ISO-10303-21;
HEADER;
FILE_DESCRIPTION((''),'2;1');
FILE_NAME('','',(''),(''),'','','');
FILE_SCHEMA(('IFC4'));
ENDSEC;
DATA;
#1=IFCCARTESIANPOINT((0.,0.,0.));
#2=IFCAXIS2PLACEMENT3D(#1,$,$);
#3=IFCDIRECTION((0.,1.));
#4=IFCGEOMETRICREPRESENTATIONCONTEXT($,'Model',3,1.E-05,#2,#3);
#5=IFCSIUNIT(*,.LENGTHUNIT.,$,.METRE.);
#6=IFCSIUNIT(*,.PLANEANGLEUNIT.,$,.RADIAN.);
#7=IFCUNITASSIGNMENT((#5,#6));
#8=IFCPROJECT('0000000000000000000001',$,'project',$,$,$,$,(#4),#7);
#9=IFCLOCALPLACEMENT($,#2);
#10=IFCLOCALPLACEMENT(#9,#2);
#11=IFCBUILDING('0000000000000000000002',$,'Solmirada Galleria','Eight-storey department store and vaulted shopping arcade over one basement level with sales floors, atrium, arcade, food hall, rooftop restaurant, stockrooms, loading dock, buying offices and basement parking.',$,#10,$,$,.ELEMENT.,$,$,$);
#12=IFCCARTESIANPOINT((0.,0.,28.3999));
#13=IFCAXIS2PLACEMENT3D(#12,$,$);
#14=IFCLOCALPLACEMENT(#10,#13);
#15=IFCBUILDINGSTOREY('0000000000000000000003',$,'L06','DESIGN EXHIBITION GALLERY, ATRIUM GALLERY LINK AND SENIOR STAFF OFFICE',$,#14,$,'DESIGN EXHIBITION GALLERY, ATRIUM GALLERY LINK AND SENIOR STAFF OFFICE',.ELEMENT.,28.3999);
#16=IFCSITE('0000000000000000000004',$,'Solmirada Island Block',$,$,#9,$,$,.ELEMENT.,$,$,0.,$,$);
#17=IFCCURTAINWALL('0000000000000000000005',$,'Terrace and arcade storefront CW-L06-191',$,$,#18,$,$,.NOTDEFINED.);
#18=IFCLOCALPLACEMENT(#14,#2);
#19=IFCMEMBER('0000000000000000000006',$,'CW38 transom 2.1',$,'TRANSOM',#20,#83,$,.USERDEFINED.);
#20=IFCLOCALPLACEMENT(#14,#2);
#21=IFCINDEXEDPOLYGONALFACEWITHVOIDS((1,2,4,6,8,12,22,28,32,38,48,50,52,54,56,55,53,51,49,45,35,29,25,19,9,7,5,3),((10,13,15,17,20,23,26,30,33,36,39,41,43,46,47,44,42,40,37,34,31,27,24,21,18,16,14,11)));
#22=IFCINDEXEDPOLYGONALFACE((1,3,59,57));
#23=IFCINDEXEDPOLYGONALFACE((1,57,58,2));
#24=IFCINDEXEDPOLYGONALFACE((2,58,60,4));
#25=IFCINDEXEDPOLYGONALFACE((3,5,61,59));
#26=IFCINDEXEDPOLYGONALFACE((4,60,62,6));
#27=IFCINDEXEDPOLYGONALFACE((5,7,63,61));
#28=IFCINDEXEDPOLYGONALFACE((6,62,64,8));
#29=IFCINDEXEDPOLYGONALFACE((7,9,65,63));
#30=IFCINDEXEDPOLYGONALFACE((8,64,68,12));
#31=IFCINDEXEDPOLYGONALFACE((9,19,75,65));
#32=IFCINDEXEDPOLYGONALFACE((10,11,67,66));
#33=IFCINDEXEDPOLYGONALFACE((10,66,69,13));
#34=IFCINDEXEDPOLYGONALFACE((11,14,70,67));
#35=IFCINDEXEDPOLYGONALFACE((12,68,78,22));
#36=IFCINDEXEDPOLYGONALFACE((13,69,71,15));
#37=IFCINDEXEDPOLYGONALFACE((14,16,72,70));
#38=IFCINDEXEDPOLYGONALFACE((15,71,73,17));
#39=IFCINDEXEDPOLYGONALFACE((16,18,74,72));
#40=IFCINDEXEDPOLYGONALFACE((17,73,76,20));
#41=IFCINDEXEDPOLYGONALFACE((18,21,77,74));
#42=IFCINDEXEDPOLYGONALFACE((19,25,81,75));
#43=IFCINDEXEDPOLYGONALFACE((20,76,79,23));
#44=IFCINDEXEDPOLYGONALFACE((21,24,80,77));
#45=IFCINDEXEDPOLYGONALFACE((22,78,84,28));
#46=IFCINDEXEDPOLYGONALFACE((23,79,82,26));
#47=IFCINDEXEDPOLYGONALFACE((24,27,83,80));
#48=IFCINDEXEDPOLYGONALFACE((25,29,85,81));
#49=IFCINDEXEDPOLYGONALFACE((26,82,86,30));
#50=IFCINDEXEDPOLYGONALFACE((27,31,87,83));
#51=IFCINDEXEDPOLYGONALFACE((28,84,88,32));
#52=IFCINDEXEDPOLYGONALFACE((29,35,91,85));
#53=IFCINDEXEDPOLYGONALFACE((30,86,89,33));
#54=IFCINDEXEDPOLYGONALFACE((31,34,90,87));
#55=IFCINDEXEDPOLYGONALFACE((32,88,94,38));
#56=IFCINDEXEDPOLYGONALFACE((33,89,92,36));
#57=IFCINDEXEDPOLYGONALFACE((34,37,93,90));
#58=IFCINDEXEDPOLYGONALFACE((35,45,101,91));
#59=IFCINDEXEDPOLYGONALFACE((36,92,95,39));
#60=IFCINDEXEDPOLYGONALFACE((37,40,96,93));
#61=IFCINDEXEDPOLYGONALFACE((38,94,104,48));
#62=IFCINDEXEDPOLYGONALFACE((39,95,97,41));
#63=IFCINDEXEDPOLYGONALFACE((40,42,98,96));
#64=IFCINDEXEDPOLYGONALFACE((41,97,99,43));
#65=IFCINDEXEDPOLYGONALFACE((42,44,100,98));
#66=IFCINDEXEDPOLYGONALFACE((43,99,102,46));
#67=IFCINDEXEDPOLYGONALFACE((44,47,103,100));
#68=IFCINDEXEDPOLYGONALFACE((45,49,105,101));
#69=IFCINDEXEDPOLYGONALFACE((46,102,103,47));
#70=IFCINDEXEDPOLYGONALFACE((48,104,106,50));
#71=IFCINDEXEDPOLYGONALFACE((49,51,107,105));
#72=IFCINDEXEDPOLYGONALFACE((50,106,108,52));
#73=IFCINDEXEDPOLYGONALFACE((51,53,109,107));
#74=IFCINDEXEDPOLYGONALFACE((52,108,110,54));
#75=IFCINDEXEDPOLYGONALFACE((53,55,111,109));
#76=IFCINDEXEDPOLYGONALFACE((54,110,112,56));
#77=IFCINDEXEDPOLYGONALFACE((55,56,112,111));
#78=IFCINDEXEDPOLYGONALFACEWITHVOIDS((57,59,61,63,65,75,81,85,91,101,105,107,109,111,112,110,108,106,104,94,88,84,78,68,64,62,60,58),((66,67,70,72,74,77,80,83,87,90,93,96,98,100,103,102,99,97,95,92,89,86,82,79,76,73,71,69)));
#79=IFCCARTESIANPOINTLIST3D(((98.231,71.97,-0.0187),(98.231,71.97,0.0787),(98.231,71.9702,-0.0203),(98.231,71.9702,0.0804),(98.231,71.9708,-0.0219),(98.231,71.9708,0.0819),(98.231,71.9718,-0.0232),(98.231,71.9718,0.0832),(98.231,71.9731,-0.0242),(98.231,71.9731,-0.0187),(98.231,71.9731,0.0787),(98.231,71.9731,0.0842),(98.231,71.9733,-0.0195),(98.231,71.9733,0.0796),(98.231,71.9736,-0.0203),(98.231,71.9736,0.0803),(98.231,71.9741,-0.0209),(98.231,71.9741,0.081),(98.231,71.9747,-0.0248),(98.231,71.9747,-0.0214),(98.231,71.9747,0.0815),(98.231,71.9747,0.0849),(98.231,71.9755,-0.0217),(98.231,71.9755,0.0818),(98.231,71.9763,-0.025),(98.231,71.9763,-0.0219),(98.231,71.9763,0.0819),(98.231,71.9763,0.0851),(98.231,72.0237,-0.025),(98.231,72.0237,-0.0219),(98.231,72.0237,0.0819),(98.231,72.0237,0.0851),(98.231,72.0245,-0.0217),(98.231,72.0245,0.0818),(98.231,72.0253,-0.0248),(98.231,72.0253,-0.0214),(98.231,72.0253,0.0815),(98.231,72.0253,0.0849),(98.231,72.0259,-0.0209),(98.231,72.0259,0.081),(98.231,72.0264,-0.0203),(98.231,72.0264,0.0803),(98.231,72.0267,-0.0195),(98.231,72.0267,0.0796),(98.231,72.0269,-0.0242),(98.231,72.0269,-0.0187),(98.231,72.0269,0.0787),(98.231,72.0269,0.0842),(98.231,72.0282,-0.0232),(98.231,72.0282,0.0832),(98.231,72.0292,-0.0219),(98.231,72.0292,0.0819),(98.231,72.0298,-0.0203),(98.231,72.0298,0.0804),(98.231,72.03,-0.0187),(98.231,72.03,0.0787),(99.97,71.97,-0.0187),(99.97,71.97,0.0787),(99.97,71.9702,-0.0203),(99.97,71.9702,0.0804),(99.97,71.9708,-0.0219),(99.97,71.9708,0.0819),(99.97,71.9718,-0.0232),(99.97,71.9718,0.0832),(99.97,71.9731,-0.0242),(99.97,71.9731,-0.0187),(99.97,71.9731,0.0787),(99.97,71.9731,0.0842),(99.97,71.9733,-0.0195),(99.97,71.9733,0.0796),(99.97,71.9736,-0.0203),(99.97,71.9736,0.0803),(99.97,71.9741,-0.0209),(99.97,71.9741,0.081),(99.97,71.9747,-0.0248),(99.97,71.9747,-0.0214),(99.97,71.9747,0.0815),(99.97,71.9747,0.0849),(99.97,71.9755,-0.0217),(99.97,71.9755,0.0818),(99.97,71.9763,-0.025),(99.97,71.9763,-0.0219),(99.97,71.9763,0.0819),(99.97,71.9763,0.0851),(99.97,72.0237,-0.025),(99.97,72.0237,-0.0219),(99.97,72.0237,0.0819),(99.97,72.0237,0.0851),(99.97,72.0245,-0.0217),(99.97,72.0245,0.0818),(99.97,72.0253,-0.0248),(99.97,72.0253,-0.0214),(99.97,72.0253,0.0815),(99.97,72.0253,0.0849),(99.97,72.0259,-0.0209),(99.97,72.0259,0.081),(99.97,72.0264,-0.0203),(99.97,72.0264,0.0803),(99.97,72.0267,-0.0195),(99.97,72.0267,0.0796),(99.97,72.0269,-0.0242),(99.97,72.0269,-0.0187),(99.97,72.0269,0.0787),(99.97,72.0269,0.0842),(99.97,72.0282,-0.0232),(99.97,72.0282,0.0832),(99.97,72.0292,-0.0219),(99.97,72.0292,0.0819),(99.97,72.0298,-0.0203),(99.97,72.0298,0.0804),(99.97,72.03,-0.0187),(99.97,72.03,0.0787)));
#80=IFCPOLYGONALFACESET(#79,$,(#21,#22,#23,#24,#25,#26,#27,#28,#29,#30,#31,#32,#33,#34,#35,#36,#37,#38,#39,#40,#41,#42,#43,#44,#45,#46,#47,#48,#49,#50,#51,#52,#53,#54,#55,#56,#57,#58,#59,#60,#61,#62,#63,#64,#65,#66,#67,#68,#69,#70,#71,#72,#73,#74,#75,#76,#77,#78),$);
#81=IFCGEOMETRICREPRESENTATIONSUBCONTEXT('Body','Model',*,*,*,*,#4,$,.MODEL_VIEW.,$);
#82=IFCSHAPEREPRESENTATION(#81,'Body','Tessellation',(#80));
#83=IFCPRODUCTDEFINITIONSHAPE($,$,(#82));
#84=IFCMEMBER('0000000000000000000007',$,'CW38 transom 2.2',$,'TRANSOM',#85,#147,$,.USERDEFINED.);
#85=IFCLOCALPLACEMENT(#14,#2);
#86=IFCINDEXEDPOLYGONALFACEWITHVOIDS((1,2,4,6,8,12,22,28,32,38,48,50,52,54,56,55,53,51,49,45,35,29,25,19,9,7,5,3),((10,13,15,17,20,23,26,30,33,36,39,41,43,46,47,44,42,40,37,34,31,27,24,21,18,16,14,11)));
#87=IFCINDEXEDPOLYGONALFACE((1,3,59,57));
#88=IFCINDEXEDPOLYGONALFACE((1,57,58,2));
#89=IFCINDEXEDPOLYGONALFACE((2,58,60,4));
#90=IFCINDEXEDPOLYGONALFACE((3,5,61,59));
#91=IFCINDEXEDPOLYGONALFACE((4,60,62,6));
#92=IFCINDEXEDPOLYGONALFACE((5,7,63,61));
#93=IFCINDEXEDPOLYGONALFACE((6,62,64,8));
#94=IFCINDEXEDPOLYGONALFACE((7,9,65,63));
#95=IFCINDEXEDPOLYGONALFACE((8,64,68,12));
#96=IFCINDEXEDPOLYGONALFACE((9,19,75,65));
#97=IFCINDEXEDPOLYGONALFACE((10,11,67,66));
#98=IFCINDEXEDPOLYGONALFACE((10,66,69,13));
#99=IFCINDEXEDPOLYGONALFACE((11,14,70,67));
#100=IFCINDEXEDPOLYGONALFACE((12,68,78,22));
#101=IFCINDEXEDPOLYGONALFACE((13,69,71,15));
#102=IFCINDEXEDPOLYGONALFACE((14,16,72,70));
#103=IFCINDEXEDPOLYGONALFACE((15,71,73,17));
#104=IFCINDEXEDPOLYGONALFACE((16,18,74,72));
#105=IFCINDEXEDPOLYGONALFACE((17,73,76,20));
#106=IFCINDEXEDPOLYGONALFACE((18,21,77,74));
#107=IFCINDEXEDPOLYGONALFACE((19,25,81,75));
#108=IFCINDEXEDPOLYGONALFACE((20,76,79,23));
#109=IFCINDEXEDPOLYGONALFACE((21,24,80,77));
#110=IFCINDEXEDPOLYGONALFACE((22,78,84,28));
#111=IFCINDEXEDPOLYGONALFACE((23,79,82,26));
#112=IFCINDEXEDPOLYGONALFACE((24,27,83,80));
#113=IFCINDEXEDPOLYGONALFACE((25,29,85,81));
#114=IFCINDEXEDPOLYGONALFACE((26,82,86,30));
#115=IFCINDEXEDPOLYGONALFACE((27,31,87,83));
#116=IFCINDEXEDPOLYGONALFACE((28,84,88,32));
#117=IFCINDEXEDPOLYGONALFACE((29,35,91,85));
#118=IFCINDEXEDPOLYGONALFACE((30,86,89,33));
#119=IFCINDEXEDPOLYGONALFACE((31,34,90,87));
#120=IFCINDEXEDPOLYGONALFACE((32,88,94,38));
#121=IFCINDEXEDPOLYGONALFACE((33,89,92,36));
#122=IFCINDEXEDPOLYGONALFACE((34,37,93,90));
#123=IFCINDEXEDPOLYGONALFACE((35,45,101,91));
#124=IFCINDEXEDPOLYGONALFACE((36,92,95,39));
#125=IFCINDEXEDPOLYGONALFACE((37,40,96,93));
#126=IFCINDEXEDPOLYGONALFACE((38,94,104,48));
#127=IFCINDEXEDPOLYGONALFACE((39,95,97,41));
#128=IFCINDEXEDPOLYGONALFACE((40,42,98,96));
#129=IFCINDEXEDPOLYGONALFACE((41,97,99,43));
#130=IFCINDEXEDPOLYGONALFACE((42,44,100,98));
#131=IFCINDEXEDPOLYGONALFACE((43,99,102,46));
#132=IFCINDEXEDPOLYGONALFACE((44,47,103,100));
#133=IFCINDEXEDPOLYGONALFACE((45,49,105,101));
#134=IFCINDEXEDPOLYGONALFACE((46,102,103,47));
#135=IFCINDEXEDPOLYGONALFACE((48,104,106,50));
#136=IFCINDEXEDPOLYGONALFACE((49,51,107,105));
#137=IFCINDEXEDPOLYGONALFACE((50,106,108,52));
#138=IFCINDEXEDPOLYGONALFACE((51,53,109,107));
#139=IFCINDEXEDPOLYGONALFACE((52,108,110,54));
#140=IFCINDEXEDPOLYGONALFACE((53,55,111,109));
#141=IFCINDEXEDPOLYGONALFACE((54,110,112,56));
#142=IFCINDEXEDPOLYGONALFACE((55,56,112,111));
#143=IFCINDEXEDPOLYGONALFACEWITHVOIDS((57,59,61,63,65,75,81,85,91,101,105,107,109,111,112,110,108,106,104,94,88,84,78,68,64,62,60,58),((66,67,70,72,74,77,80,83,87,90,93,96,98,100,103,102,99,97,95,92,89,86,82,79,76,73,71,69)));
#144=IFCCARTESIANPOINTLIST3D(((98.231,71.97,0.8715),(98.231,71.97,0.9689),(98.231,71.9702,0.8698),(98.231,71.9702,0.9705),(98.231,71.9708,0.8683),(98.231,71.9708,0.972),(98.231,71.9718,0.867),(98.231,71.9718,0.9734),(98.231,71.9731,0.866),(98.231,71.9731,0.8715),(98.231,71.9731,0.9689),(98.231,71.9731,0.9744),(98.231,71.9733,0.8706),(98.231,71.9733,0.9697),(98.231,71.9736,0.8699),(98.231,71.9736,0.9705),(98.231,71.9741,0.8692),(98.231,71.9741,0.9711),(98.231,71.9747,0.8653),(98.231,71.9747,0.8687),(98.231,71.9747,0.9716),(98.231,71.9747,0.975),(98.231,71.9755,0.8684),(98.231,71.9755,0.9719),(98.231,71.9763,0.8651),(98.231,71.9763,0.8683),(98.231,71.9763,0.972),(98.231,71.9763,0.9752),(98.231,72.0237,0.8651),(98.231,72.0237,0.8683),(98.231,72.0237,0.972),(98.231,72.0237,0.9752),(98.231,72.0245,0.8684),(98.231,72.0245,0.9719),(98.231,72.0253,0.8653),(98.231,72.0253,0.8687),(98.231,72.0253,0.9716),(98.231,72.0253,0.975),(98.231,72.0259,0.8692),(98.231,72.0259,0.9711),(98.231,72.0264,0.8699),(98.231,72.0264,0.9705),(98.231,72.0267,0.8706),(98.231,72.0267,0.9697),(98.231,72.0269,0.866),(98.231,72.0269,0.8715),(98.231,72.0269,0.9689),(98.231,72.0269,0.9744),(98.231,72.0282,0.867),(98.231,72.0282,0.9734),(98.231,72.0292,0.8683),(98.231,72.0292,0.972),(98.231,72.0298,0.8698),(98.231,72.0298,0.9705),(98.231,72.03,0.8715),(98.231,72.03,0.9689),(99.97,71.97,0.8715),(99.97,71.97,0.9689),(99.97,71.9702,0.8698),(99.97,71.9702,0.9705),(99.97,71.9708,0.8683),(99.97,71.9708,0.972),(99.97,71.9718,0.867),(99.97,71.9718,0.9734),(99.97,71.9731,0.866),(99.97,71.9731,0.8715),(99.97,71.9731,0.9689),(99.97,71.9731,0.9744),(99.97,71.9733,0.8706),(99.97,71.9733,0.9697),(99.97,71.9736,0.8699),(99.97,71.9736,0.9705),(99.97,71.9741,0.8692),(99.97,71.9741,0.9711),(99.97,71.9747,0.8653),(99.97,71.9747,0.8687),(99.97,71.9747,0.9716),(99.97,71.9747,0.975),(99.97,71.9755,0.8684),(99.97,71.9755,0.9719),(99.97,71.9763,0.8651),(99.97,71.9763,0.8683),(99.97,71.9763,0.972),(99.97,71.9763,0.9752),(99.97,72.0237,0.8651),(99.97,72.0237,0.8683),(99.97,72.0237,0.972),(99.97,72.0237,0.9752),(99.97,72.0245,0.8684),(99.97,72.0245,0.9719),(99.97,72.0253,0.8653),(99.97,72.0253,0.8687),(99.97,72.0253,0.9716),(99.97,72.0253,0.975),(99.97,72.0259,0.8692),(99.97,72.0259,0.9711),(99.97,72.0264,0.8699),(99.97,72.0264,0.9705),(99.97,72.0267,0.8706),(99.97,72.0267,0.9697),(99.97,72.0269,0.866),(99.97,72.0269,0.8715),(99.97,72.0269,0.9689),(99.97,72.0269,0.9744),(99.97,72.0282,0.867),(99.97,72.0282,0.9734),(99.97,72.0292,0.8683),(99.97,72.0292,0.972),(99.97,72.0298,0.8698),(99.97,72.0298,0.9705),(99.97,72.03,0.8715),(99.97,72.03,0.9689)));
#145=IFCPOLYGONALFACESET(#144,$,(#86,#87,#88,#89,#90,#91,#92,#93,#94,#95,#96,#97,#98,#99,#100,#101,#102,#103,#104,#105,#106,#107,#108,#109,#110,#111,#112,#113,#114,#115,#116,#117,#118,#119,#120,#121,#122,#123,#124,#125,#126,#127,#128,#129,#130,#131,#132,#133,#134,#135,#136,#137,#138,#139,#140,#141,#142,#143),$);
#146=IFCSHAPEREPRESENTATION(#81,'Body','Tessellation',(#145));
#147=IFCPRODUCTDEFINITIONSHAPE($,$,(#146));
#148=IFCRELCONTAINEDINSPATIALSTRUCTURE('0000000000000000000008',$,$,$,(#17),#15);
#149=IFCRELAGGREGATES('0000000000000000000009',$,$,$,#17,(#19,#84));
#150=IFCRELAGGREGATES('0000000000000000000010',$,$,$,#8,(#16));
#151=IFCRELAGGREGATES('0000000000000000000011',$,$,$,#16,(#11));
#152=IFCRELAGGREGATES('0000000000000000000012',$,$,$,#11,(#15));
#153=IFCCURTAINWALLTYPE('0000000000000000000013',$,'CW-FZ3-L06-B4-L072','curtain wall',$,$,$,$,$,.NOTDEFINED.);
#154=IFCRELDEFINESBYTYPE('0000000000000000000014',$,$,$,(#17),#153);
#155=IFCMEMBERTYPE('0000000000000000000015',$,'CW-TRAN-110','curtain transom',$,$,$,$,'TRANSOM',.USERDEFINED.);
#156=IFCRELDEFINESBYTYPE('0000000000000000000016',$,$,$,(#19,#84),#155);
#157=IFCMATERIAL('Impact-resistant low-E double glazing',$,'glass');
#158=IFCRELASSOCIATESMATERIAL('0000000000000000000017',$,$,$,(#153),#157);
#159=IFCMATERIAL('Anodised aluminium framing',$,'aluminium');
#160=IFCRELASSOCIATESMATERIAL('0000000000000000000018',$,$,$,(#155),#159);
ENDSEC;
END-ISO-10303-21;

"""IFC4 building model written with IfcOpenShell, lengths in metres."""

from ifc_helpers import new_model, si_unit, direction, frame, origin, origin_2d, place, context, subcontext, project, spatial, hollow_rectangle, extrude, material, material_profile, profile_set, type_object, element, aggregate, save


model = new_model("IFC4")

# Units and contexts
model_context = context("Model", 3, precision=1e-05, world=origin(), true_north=direction((0.0, 1.0)))
body_context = subcontext(model_context, "Body", "Model", "MODEL_VIEW")
ifc_project = project(units=[si_unit("LENGTHUNIT", "METRE"), si_unit("PLANEANGLEUNIT", "RADIAN")], contexts=[model_context])

# Site, building, storey
site_placement = place(None, origin())
site = spatial("IfcSite", under=ifc_project, at=site_placement, Name="Solmirada Island Block", CompositionType="ELEMENT", RefElevation=0.0)
building_placement = place(site_placement, origin())
building = spatial("IfcBuilding", under=site, at=building_placement, Name="Solmirada Galleria", Description="Eight-storey department store and vaulted shopping arcade over one basement level with sales floors, atrium, arcade, food hall, rooftop restaurant, stockrooms, loading dock, buying offices and basement parking.", CompositionType="ELEMENT")
storey_placement = place(building_placement, frame((0.0, 0.0, 28.3999)))
storey = spatial("IfcBuildingStorey", under=building, at=storey_placement, Name="L06", Description="DESIGN EXHIBITION GALLERY, ATRIUM GALLERY LINK AND SENIOR STAFF OFFICE", LongName="DESIGN EXHIBITION GALLERY, ATRIUM GALLERY LINK AND SENIOR STAFF OFFICE", CompositionType="ELEMENT", Elevation=28.3999)

# Shared definitions
ifc_material_1 = material(Name="Impact-resistant low-E double glazing", Category="glass")
curtain_wall_type = type_object("IfcCurtainWallType", Name="CW-FZ3-L06-B4-L072", Description="curtain wall", PredefinedType="NOTDEFINED", material=ifc_material_1)
ifc_material_2 = material(Name="Anodised aluminium framing", Category="aluminium")

# Curtain wall
curtain_wall_1_placement = place(storey_placement, origin())
curtain_wall_1 = element("IfcCurtainWall", 1, at=curtain_wall_1_placement, inside=storey, type_object=curtain_wall_type, Name="Terrace and arcade storefront CW-L06-191", PredefinedType="NOTDEFINED")

# Members
ifc_material_profile_1 = material_profile(ifc_material_2, hollow_rectangle(XDim=0.0601, YDim=0.1101, WallThickness=0.0032, InnerFilletRadius=0.0032, OuterFilletRadius=0.0063, at=origin_2d()), Name="ALU-TRAN-110X60")
ifc_profile_set_1 = profile_set([ifc_material_profile_1], Name="Anodised aluminium framing")
member_type_1 = type_object("IfcMemberType", Name="CW-TRAN-110", Description="curtain transom", ElementType="TRANSOM", PredefinedType="USERDEFINED", material=ifc_profile_set_1)
member_1_placement = place(storey_placement, frame((98.231, 72.0, 0.03), z_axis=(1.0, 0.0, 0.0), x_axis=(0.0, 1.0, 0.0)))
member_1 = element("IfcMember", 2, at=member_1_placement, type_object=member_type_1, Name="CW38 transom 2.1", ObjectType="TRANSOM", PredefinedType="USERDEFINED", context=body_context, shape_type="SweptSolid", body=[
    extrude(hollow_rectangle(XDim=0.0601, YDim=0.1101, WallThickness=0.0032, InnerFilletRadius=0.0032, OuterFilletRadius=0.0063, at=origin_2d()), origin(), (0.0, 0.0, 1.0), 1.739),
])
member_2_placement = place(storey_placement, frame((98.231, 72.0, 0.9202), z_axis=(1.0, 0.0, 0.0), x_axis=(0.0, 1.0, 0.0)))
member_2 = element("IfcMember", 3, at=member_2_placement, type_object=member_type_1, Name="CW38 transom 2.2", ObjectType="TRANSOM", PredefinedType="USERDEFINED", context=body_context, shape_type="SweptSolid", body=[
    extrude(hollow_rectangle(XDim=0.0601, YDim=0.1101, WallThickness=0.0032, InnerFilletRadius=0.0032, OuterFilletRadius=0.0063, at=origin_2d()), origin(), (0.0, 0.0, 1.0), 1.739),
])

aggregate(curtain_wall_1, [member_1, member_2])

save(model, "model.ifc")
